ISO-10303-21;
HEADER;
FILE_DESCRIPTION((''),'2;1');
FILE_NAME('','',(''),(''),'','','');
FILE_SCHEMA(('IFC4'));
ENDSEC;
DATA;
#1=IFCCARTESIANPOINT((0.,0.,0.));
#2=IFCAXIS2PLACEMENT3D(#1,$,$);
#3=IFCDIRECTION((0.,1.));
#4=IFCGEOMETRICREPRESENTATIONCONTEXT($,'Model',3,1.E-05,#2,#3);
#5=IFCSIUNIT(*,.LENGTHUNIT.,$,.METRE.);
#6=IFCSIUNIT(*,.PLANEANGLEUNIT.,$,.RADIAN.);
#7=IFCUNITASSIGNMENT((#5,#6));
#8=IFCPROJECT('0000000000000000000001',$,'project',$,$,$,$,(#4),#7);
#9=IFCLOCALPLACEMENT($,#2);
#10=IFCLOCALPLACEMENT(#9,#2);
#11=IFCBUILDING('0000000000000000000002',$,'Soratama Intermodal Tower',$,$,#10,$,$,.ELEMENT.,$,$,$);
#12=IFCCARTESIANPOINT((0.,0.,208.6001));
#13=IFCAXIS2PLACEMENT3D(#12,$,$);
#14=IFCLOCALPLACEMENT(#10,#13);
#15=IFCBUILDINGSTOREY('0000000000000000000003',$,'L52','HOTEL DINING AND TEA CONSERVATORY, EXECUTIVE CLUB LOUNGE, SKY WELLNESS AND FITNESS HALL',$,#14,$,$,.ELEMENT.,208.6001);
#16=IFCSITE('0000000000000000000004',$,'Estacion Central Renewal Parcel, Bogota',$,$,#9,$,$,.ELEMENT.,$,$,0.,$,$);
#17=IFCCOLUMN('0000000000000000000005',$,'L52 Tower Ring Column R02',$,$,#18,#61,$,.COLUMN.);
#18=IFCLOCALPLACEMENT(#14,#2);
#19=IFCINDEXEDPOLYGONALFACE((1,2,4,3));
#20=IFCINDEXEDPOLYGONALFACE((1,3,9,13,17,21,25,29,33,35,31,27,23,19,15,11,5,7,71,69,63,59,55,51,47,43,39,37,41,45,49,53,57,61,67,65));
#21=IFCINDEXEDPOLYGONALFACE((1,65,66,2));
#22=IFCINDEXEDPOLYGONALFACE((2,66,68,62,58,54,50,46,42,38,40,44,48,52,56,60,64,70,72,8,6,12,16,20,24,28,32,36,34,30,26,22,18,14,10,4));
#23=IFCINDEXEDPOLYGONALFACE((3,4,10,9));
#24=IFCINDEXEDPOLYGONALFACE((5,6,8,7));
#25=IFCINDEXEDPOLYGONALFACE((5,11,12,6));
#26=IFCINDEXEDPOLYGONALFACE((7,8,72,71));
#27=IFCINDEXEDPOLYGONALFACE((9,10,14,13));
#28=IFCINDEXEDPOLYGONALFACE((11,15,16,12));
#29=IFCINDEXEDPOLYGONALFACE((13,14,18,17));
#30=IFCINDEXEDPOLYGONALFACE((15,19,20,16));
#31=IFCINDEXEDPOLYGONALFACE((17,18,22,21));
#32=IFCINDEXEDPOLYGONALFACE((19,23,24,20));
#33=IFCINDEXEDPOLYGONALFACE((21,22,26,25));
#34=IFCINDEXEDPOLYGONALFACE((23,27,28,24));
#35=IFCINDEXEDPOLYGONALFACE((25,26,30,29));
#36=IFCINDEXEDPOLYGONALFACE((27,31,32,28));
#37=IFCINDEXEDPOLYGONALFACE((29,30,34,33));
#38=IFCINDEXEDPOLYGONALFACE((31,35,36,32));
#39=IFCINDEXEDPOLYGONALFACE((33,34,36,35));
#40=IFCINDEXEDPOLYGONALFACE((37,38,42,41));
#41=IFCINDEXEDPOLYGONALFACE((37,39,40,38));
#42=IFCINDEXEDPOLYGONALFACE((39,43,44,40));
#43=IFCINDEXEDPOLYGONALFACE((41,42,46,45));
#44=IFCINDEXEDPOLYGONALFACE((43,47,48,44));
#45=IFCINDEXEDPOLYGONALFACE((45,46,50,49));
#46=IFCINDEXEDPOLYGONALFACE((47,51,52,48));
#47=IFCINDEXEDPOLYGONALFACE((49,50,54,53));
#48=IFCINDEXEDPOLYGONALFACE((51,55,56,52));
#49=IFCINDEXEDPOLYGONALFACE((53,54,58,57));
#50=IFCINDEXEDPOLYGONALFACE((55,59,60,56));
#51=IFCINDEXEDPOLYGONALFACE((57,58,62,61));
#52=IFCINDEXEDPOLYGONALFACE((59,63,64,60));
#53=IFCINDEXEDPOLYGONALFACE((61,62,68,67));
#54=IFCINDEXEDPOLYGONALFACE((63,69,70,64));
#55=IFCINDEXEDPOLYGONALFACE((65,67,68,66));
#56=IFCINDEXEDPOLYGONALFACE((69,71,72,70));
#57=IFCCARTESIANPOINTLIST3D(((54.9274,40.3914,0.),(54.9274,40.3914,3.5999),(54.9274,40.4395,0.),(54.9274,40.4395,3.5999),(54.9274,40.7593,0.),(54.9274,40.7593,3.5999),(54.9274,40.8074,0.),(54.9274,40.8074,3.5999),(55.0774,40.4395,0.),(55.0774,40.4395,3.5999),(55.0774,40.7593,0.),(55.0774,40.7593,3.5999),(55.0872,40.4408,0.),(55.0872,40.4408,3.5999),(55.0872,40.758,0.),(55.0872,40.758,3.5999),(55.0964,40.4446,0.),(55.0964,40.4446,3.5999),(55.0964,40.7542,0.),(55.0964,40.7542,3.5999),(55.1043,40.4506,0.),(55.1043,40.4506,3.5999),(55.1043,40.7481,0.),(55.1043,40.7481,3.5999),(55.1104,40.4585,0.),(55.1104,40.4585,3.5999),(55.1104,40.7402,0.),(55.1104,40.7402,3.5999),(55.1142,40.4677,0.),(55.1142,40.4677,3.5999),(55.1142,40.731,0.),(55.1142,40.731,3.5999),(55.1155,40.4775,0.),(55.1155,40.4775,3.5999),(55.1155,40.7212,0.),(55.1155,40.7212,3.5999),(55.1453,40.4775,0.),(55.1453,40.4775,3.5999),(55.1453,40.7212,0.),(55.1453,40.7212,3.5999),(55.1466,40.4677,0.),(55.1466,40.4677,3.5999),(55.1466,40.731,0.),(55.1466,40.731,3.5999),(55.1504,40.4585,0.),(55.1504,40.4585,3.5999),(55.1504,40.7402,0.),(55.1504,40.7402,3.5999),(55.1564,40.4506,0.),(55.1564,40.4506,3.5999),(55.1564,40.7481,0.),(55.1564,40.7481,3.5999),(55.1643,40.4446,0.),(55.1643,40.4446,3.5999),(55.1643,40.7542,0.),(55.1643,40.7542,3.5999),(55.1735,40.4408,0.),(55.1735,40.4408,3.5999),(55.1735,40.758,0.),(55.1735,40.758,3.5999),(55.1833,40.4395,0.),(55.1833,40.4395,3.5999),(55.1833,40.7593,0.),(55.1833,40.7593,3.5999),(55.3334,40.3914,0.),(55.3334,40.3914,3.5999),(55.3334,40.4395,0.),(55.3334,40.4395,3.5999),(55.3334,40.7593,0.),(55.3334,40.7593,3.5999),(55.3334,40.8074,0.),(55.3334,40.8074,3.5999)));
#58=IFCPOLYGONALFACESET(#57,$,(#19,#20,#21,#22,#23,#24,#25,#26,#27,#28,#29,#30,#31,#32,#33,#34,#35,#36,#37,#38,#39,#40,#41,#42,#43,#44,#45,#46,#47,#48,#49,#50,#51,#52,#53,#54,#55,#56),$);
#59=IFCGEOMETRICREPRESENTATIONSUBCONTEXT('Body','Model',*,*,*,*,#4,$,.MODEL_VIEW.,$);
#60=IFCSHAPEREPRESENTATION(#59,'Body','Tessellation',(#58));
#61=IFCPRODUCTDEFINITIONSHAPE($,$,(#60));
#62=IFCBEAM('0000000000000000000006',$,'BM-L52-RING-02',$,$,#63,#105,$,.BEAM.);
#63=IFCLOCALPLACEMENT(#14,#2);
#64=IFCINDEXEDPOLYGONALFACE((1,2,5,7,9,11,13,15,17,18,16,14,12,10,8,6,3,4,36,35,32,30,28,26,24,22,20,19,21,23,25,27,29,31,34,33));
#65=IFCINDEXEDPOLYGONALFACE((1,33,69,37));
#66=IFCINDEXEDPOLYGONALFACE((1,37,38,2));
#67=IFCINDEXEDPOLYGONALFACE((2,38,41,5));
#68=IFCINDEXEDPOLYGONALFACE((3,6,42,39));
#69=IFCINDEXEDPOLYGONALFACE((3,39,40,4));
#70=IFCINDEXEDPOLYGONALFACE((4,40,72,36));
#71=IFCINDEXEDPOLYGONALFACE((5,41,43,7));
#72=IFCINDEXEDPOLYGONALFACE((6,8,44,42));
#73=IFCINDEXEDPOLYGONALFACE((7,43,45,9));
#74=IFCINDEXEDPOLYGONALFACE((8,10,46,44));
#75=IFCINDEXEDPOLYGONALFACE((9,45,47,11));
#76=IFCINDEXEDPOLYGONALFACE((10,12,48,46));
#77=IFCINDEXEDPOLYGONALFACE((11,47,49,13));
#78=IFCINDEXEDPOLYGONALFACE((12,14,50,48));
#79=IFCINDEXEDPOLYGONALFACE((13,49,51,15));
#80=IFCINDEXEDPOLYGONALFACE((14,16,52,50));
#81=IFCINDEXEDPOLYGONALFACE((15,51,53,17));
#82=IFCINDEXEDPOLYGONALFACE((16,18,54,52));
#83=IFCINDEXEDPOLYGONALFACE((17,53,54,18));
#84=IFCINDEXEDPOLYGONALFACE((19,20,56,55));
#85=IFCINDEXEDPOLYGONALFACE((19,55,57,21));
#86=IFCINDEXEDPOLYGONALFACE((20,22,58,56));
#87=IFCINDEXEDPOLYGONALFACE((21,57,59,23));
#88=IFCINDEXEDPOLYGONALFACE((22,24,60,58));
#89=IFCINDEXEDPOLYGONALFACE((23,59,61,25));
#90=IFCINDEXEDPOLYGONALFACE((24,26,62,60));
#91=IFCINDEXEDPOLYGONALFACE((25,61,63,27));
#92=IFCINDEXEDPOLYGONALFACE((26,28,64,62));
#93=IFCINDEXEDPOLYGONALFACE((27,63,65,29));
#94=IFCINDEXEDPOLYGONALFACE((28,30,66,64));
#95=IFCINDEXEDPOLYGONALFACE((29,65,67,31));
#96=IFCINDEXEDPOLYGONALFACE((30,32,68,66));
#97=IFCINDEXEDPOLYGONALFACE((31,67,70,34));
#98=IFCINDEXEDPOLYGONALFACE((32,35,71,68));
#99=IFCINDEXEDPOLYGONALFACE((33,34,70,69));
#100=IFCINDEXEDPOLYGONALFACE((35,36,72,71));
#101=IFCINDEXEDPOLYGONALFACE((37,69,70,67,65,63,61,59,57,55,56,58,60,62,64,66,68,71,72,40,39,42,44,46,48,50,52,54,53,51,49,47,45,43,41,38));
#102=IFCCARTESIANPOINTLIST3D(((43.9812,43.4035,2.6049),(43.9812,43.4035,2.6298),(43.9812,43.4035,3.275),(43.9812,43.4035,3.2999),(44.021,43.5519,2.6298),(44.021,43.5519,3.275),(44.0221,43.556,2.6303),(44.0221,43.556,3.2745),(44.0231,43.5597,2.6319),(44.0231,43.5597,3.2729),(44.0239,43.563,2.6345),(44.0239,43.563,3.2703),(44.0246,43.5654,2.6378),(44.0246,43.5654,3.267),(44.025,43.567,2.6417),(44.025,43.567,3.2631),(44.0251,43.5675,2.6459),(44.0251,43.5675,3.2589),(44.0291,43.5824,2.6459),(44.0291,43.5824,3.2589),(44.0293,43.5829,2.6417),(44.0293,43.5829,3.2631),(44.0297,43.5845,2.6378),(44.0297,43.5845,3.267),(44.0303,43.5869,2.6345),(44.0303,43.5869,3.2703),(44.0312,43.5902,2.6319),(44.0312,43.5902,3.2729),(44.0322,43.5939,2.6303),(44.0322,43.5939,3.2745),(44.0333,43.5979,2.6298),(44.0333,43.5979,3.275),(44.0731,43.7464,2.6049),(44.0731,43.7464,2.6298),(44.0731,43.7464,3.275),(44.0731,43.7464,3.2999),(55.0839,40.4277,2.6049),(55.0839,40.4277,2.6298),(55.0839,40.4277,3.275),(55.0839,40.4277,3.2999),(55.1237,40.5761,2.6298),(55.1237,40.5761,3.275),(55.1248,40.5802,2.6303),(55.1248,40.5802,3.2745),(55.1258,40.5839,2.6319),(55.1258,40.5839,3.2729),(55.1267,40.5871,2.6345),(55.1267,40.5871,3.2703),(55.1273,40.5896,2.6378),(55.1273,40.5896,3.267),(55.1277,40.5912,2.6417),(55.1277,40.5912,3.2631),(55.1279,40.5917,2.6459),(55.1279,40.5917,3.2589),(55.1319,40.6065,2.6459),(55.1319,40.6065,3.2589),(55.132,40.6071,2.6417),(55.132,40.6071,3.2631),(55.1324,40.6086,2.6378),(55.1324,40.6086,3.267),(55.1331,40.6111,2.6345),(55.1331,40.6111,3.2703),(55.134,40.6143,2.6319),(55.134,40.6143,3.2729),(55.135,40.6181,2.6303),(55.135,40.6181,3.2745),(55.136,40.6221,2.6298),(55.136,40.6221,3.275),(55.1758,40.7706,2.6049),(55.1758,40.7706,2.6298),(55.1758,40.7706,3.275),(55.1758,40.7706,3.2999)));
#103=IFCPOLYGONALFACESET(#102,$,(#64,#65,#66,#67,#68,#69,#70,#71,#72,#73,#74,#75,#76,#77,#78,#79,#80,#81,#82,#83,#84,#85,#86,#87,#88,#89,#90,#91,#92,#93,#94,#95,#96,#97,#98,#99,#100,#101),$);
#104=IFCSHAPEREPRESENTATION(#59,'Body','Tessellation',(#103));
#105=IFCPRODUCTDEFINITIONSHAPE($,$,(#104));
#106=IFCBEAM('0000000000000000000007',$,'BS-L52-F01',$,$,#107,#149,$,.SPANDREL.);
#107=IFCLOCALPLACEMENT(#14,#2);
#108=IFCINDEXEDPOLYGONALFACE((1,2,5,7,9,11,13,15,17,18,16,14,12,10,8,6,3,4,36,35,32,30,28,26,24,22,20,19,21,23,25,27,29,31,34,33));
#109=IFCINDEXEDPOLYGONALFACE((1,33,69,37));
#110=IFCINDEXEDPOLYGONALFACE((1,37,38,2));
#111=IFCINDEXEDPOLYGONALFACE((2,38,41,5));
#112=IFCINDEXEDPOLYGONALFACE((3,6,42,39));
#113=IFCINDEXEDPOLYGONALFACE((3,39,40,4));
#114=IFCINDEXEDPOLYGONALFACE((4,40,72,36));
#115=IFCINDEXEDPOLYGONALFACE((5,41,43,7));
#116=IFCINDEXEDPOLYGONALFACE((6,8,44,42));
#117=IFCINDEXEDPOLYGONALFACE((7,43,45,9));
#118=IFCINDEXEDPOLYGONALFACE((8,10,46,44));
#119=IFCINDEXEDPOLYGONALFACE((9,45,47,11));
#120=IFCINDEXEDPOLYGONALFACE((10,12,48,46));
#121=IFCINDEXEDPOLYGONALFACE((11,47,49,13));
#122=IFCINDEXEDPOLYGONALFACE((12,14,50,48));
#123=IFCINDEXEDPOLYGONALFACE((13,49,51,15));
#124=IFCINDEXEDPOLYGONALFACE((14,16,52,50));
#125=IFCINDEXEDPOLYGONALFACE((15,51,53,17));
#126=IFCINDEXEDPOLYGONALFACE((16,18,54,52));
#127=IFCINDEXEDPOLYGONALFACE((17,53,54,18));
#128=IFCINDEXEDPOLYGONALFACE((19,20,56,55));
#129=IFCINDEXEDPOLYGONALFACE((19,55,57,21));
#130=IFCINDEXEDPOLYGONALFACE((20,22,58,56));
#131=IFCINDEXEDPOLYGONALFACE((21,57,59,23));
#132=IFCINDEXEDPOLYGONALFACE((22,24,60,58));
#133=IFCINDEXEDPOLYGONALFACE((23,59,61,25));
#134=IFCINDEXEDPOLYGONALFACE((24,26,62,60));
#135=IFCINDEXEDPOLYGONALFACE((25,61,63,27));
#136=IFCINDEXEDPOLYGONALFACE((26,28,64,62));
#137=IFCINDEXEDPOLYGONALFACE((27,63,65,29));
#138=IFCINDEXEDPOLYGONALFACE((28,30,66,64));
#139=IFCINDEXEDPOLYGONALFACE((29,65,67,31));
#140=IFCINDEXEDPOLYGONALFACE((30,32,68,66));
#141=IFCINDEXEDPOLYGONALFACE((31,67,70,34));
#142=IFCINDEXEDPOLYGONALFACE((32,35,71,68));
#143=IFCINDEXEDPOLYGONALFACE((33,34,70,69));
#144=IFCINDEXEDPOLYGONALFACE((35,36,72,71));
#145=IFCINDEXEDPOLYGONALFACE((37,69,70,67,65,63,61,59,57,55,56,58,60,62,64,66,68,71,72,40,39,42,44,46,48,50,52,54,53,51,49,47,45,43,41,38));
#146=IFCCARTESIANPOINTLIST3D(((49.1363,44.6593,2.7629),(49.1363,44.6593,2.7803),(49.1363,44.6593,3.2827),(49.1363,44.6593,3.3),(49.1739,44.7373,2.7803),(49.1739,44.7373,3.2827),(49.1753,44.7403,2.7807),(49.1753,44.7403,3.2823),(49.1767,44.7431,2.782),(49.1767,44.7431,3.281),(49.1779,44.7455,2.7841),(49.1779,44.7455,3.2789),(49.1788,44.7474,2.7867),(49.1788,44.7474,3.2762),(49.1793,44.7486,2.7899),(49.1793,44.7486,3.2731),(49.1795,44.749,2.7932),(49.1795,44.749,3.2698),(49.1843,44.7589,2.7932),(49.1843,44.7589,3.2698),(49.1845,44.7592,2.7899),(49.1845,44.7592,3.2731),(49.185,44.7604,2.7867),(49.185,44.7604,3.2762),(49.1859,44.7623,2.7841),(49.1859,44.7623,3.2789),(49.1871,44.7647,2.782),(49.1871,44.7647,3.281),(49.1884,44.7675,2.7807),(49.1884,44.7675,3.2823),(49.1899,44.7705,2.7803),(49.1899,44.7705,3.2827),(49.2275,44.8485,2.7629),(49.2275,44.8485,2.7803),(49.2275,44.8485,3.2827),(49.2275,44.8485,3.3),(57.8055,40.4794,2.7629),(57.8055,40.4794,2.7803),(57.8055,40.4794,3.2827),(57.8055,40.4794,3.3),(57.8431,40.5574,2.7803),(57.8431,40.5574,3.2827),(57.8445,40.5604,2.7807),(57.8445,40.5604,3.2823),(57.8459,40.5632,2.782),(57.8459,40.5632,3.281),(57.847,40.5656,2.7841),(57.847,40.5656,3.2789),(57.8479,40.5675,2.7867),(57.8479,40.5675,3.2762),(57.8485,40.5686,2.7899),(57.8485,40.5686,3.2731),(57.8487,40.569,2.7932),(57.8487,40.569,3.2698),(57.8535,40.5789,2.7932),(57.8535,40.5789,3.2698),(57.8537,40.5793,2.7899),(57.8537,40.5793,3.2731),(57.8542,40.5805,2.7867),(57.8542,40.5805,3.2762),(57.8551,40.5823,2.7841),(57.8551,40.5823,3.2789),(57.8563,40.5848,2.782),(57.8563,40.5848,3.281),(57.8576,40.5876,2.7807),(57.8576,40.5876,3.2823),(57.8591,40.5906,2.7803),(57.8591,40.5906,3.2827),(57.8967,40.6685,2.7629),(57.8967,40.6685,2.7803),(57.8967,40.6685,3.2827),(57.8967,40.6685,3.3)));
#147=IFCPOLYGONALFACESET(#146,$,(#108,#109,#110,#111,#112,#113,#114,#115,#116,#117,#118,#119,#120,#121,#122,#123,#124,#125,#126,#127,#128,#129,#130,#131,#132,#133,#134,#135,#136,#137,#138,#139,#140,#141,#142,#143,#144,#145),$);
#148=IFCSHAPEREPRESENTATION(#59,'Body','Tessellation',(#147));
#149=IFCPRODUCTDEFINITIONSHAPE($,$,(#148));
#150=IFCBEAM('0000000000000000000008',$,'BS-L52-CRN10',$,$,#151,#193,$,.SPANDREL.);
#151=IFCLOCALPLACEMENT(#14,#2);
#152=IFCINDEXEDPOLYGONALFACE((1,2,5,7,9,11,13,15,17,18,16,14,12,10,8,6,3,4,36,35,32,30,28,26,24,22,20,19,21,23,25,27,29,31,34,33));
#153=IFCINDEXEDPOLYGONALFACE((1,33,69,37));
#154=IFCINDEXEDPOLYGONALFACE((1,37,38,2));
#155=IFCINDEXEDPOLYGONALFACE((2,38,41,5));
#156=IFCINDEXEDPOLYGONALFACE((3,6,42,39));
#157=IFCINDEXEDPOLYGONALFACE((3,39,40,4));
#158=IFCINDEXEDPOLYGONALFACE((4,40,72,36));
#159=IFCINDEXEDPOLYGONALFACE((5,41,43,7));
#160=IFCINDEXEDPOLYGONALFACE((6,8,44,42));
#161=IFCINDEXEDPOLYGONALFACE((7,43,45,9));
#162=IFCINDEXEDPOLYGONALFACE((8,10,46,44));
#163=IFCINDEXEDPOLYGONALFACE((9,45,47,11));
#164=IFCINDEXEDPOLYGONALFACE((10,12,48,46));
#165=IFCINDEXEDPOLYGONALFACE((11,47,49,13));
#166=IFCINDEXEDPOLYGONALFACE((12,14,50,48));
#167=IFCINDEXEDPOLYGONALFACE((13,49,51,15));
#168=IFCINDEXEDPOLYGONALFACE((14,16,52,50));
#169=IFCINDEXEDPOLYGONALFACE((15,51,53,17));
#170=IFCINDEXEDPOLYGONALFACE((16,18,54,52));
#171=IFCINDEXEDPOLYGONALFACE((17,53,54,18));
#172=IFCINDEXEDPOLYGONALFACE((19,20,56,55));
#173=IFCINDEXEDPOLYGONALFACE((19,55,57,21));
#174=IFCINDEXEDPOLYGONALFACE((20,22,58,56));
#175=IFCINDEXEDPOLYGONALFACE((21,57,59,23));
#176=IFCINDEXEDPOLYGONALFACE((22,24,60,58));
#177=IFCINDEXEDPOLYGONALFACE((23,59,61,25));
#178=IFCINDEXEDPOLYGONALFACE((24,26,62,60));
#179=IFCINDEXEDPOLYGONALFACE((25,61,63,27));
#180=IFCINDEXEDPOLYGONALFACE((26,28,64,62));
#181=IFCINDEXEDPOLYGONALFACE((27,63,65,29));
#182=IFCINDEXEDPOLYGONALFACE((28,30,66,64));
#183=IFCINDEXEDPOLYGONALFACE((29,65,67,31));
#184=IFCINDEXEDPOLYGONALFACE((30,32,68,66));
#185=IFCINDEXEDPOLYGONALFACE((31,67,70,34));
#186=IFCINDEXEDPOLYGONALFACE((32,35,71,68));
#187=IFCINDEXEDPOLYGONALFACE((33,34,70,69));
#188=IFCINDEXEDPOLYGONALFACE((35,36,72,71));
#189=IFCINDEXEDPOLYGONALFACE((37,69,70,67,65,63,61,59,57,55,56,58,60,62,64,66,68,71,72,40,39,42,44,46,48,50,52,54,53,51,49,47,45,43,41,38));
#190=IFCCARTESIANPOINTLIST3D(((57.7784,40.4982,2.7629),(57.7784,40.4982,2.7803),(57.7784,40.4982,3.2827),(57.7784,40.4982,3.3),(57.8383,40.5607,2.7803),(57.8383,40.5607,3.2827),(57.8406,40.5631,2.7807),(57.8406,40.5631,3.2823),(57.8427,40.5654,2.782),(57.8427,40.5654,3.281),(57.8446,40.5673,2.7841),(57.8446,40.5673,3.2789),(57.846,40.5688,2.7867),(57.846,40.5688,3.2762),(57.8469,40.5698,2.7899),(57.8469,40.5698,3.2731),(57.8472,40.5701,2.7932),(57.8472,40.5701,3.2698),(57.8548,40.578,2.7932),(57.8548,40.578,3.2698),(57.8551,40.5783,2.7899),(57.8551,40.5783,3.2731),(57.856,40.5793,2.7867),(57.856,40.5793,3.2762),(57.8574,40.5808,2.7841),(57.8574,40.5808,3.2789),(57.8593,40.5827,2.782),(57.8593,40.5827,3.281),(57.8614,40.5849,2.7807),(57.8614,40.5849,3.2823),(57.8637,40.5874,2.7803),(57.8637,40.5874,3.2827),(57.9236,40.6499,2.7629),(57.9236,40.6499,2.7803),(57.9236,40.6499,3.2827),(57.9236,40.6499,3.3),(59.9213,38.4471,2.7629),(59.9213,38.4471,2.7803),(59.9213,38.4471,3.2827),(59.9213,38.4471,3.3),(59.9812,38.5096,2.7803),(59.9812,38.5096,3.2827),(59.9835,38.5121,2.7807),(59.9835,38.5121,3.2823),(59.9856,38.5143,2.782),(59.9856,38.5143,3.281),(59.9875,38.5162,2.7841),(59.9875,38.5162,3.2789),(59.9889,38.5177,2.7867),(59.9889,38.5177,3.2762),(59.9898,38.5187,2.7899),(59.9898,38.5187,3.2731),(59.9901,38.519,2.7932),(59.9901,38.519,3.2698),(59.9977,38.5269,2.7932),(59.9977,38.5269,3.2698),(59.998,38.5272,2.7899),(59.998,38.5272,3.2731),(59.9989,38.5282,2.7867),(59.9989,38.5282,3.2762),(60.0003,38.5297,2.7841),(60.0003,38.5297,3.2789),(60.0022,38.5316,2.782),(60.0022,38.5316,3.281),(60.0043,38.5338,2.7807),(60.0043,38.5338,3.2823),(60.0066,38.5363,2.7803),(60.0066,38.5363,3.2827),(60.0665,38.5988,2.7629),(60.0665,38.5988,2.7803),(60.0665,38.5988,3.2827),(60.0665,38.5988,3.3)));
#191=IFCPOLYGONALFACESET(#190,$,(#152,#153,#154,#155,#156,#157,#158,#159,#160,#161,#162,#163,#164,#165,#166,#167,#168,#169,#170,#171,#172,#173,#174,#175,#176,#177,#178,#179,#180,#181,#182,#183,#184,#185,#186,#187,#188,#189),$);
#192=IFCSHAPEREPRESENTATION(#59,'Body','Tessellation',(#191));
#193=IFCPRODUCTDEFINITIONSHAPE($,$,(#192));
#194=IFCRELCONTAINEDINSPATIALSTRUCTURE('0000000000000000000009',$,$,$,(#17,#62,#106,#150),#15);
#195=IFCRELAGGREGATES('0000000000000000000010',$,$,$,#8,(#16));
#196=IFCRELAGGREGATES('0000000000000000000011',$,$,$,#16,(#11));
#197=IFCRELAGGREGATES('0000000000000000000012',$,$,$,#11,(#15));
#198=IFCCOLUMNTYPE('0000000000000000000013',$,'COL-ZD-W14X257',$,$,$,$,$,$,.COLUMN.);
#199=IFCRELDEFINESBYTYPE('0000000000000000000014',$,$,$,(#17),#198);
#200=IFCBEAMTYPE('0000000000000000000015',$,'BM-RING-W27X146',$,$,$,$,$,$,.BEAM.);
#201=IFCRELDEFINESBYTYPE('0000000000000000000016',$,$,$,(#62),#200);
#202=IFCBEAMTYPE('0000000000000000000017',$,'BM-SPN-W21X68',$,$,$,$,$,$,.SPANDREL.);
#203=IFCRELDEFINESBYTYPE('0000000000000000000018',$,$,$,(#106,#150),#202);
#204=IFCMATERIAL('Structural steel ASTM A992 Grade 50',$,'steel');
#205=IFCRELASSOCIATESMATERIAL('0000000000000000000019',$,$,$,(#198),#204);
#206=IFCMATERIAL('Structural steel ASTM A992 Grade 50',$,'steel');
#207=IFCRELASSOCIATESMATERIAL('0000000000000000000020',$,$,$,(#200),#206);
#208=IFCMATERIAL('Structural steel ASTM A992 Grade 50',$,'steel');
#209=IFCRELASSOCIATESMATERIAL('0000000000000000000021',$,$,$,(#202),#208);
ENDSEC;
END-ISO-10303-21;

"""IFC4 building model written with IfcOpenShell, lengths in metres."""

from ifc_helpers import new_model, si_unit, direction, frame, origin, origin_2d, place, context, subcontext, project, spatial, i_section, extrude, material, material_profile, profile_set, type_object, element, save


model = new_model("IFC4")

# Units and contexts
model_context = context("Model", 3, precision=1e-05, world=origin(), true_north=direction((0.0, 1.0)))
body_context = subcontext(model_context, "Body", "Model", "MODEL_VIEW")
ifc_project = project(units=[si_unit("LENGTHUNIT", "METRE"), si_unit("PLANEANGLEUNIT", "RADIAN")], contexts=[model_context])

# Site, building, storey
site_placement = place(None, origin())
site = spatial("IfcSite", under=ifc_project, at=site_placement, Name="Estacion Central Renewal Parcel, Bogota", CompositionType="ELEMENT", RefElevation=0.0)
building_placement = place(site_placement, origin())
building = spatial("IfcBuilding", under=site, at=building_placement, Name="Soratama Intermodal Tower", CompositionType="ELEMENT")
storey_placement = place(building_placement, frame((0.0, 0.0, 208.6001)))
storey = spatial("IfcBuildingStorey", under=building, at=storey_placement, Name="L52", Description="HOTEL DINING AND TEA CONSERVATORY, EXECUTIVE CLUB LOUNGE, SKY WELLNESS AND FITNESS HALL", CompositionType="ELEMENT", Elevation=208.6001)

# Column
ifc_material_1 = material(Name="Structural steel ASTM A992 Grade 50", Category="steel")
ifc_material_profile_1 = material_profile(ifc_material_1, i_section(OverallWidth=0.406, OverallDepth=0.416, WebThickness=0.0298, FlangeThickness=0.0481, FilletRadius=0.0381, at=origin_2d()), Name="W14X257")
ifc_profile_set_1 = profile_set([ifc_material_profile_1], Name="Structural steel ASTM A992 Grade 50")
column_type = type_object("IfcColumnType", Name="COL-ZD-W14X257", PredefinedType="COLUMN", material=ifc_profile_set_1)
column_placement = place(storey_placement, frame((55.1304, 40.5994, 0.0), z_axis=(0.0, 0.0, 1.0), x_axis=(1.0, 0.0, 0.0)))
element("IfcColumn", 1, at=column_placement, inside=storey, type_object=column_type, Name="L52 Tower Ring Column R02", PredefinedType="COLUMN", context=body_context, shape_type="SweptSolid", body=[
    extrude(i_section(OverallWidth=0.406, OverallDepth=0.416, WebThickness=0.0298, FlangeThickness=0.0481, FilletRadius=0.0381, at=origin_2d()), origin(), (0.0, 0.0, 1.0), 3.5999),
])

# Beams
ifc_material_2 = material(Name="Structural steel ASTM A992 Grade 50", Category="steel")
ifc_material_profile_2 = material_profile(ifc_material_2, i_section(OverallWidth=0.355, OverallDepth=0.6951, WebThickness=0.0154, FlangeThickness=0.0249, FilletRadius=0.0161, at=origin_2d()), Name="W27X146")
ifc_profile_set_2 = profile_set([ifc_material_profile_2], Name="Structural steel ASTM A992 Grade 50")
beam_type_1 = type_object("IfcBeamType", Name="BM-RING-W27X146", PredefinedType="BEAM", material=ifc_profile_set_2)
beam_1_placement = place(storey_placement, frame((55.1299, 40.5991, 2.9524), z_axis=(-0.965907, 0.258888, 0.0), x_axis=(-0.258888, -0.965907, 0.0)))
element("IfcBeam", 2, at=beam_1_placement, inside=storey, type_object=beam_type_1, Name="BM-L52-RING-02", PredefinedType="BEAM", context=body_context, shape_type="SweptSolid", body=[
    extrude(i_section(OverallWidth=0.355, OverallDepth=0.6951, WebThickness=0.0154, FlangeThickness=0.0249, FilletRadius=0.0161, at=origin_2d()), origin(), (0.0, 0.0, 1.0), 11.4946),
])
ifc_material_3 = material(Name="Structural steel ASTM A992 Grade 50", Category="steel")
ifc_material_profile_3 = material_profile(ifc_material_3, i_section(OverallWidth=0.21, OverallDepth=0.5371, WebThickness=0.011, FlangeThickness=0.0173, FilletRadius=0.0129, at=origin_2d()), Name="W21X68")
ifc_profile_set_3 = profile_set([ifc_material_profile_3], Name="Structural steel ASTM A992 Grade 50")
beam_type_2 = type_object("IfcBeamType", Name="BM-SPN-W21X68", PredefinedType="SPANDREL", material=ifc_profile_set_3)
beam_2_placement = place(storey_placement, frame((57.8511, 40.574, 3.0315), z_axis=(-0.900763, 0.434311, 0.0), x_axis=(-0.434311, -0.900763, 0.0)))
element("IfcBeam", 3, at=beam_2_placement, inside=storey, type_object=beam_type_2, Name="BS-L52-F01", PredefinedType="SPANDREL", context=body_context, shape_type="SweptSolid", body=[
    extrude(i_section(OverallWidth=0.21, OverallDepth=0.5371, WebThickness=0.011, FlangeThickness=0.0173, FilletRadius=0.0129, at=origin_2d()), origin(), (0.0, 0.0, 1.0), 9.6243),
])
beam_3_placement = place(storey_placement, frame((59.9939, 38.5229, 3.0315), z_axis=(-0.722411, 0.691464, 0.0), x_axis=(-0.691464, -0.722411, 0.0)))
element("IfcBeam", 4, at=beam_3_placement, inside=storey, type_object=beam_type_2, Name="BS-L52-CRN10", PredefinedType="SPANDREL", context=body_context, shape_type="SweptSolid", body=[
    extrude(i_section(OverallWidth=0.21, OverallDepth=0.5371, WebThickness=0.011, FlangeThickness=0.0173, FilletRadius=0.0129, at=origin_2d()), origin(), (0.0, 0.0, 1.0), 2.9663),
])

save(model, "model.ifc")
